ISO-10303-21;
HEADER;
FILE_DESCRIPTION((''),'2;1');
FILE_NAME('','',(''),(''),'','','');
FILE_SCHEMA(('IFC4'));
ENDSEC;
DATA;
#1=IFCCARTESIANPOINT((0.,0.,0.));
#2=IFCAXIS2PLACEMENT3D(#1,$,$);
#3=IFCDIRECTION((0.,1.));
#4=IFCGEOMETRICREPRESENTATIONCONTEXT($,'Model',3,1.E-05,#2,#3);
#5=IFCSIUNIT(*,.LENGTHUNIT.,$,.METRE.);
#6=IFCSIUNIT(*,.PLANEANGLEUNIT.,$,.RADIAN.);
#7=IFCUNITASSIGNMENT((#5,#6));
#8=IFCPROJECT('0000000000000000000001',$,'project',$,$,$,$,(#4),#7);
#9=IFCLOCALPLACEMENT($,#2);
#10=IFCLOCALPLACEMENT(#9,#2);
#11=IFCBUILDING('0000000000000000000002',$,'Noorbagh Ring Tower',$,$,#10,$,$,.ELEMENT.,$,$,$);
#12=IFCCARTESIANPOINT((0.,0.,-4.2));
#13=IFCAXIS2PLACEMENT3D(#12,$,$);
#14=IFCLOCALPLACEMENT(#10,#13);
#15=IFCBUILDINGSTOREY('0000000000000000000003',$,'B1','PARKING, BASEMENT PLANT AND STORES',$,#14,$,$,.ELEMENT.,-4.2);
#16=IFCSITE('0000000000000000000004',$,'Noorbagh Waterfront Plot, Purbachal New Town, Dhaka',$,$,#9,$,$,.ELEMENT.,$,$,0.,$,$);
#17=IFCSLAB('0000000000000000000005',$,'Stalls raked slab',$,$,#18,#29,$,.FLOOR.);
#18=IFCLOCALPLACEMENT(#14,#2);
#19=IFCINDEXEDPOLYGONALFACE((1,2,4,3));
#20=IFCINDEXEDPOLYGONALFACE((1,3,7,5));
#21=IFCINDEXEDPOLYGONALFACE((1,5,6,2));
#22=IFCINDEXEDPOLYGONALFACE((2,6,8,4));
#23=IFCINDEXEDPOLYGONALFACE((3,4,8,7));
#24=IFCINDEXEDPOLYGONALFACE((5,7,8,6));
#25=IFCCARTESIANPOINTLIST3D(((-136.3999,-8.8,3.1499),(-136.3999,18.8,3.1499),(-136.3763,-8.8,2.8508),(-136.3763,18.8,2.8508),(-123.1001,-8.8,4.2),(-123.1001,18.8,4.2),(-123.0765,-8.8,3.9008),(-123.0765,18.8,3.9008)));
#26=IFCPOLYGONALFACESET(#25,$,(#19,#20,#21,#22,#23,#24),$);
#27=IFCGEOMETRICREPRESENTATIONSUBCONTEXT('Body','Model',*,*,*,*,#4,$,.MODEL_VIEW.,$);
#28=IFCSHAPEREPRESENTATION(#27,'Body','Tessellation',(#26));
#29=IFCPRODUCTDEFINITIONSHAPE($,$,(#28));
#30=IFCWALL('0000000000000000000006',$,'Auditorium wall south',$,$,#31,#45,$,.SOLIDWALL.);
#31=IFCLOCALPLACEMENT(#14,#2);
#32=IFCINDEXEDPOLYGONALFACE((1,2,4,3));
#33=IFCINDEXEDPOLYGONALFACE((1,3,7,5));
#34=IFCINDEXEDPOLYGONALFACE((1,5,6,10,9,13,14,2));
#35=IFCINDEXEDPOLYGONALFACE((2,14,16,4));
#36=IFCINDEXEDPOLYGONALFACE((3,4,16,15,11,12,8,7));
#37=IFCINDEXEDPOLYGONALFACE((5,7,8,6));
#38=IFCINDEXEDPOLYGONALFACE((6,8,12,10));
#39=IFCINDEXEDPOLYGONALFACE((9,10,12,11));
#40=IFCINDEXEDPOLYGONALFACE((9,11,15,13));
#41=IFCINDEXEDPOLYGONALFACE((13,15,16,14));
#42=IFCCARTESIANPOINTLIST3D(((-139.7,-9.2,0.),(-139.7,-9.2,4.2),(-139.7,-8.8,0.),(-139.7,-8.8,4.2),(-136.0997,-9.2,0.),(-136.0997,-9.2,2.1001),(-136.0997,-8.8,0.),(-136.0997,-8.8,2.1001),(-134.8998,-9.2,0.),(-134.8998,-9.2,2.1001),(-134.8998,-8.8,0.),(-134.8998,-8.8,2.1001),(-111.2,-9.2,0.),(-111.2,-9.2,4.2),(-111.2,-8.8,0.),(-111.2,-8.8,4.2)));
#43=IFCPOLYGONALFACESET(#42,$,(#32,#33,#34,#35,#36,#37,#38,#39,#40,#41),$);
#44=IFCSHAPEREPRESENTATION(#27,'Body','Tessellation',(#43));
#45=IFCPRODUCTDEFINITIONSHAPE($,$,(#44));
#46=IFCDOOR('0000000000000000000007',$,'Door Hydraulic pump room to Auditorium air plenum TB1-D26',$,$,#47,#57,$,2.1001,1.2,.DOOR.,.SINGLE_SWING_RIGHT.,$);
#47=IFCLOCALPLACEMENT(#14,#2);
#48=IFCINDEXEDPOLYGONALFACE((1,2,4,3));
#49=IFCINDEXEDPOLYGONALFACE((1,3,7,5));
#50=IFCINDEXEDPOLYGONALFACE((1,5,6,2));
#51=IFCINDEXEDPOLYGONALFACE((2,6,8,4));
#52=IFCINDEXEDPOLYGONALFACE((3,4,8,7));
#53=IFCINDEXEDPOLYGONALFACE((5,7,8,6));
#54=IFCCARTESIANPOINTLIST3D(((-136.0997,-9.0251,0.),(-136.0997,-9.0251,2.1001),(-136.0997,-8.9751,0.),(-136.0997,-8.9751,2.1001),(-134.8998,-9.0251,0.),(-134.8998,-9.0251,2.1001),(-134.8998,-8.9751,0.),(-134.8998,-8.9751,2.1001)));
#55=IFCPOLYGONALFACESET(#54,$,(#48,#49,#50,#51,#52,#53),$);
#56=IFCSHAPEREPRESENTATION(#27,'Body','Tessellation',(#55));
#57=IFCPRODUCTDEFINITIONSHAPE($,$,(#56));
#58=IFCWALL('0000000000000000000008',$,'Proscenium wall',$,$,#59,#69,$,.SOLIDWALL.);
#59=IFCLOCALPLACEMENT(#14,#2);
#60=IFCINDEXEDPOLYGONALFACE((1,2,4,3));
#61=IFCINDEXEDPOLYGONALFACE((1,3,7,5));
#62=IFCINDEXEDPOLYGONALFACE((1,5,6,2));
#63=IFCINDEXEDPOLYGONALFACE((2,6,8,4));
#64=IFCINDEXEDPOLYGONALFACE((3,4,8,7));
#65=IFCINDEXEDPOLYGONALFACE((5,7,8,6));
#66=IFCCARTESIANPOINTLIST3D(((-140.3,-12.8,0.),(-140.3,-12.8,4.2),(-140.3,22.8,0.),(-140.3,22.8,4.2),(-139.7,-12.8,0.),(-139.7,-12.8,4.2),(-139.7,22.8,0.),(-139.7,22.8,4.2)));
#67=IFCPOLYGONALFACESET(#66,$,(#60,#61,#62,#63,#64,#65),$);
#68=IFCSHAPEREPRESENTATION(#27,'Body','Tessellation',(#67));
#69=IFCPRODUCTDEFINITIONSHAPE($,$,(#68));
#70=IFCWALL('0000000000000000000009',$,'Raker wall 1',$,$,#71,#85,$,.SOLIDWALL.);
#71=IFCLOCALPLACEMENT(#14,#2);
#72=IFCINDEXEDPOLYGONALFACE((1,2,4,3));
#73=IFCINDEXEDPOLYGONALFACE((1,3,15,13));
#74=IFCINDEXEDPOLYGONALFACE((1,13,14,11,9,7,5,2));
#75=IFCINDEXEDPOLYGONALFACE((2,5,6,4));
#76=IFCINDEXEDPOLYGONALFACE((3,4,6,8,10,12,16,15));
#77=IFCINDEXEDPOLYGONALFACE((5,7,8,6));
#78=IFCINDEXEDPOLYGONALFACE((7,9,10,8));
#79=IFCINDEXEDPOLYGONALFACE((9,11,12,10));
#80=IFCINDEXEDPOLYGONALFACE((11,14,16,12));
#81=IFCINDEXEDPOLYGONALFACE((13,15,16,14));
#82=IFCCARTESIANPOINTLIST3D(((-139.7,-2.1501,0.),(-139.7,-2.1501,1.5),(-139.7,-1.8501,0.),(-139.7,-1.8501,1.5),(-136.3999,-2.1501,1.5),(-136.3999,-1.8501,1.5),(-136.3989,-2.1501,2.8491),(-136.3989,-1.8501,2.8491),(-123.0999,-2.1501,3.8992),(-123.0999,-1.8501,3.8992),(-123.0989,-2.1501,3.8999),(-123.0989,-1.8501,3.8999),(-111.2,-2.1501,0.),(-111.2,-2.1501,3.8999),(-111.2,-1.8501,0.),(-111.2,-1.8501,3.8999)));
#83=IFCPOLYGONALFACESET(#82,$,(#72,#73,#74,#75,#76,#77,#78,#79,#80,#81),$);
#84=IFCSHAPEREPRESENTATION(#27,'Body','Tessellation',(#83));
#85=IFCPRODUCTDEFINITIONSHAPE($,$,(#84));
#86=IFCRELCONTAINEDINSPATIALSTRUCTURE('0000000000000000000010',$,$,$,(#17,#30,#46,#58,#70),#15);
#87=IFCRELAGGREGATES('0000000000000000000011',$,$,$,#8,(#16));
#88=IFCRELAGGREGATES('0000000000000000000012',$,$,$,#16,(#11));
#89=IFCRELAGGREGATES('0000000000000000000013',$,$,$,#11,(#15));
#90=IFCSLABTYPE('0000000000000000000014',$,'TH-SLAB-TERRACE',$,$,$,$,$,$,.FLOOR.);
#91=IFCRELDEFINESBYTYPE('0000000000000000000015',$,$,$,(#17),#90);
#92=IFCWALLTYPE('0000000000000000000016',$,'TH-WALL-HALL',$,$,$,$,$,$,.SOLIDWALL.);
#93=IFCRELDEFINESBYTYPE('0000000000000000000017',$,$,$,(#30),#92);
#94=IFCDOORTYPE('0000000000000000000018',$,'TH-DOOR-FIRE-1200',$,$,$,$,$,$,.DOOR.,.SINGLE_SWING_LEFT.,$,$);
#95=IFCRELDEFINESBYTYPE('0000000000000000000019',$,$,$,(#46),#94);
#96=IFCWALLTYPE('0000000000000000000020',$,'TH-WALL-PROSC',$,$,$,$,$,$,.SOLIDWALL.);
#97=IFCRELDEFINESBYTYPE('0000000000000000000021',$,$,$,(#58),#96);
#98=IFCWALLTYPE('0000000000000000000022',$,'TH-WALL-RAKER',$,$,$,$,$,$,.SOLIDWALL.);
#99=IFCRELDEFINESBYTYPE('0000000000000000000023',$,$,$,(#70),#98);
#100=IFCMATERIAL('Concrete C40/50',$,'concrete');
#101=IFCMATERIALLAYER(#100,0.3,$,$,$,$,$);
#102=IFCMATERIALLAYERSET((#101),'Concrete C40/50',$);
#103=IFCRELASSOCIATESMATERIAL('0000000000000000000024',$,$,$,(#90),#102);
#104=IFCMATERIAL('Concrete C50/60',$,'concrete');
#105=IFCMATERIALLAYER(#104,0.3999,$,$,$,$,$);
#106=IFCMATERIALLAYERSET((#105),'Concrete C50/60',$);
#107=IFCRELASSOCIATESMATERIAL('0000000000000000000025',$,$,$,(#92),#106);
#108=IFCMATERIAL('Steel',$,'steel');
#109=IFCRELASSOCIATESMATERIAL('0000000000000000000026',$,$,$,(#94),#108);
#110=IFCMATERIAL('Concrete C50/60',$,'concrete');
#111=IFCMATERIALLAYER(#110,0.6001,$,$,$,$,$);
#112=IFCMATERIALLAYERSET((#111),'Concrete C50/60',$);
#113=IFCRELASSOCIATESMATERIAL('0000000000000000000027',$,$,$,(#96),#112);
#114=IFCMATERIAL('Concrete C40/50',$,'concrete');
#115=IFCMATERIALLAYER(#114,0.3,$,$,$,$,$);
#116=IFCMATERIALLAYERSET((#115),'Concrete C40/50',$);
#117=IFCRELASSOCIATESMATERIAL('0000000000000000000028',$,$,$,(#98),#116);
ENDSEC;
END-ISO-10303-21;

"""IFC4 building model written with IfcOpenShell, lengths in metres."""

from ifc_helpers import new_model, si_unit, direction, frame, frame_2d, origin, place, context, subcontext, project, spatial, polyline, rectangle, outline, extrude, material, layer, layer_set, type_object, element, fill, save


model = new_model("IFC4")

# Units and contexts
model_context = context("Model", 3, precision=1e-05, world=origin(), true_north=direction((0.0, 1.0)))
body_context = subcontext(model_context, "Body", "Model", "MODEL_VIEW")
ifc_project = project(units=[si_unit("LENGTHUNIT", "METRE"), si_unit("PLANEANGLEUNIT", "RADIAN")], contexts=[model_context])

# Site, building, storey
site_placement = place(None, origin())
site = spatial("IfcSite", under=ifc_project, at=site_placement, Name="Noorbagh Waterfront Plot, Purbachal New Town, Dhaka", CompositionType="ELEMENT", RefElevation=0.0)
building_placement = place(site_placement, origin())
building = spatial("IfcBuilding", under=site, at=building_placement, Name="Noorbagh Ring Tower", CompositionType="ELEMENT")
storey_placement = place(building_placement, frame((0.0, 0.0, -4.2)))
storey = spatial("IfcBuildingStorey", under=building, at=storey_placement, Name="B1", Description="PARKING, BASEMENT PLANT AND STORES", CompositionType="ELEMENT", Elevation=-4.2)

# Slab
ifc_material_1 = material(Name="Concrete C40/50", Category="concrete")
ifc_layer_1 = layer(ifc_material_1, 0.3)
ifc_layer_set_1 = layer_set([ifc_layer_1], Name="Concrete C40/50")
slab_type = type_object("IfcSlabType", Name="TH-SLAB-TERRACE", PredefinedType="FLOOR", material=ifc_layer_set_1)
slab_placement = place(storey_placement, frame((-136.3999, -8.8, 3.1499), z_axis=(-0.078707, 0.0, 0.996898), x_axis=(0.996898, 0.0, 0.078707)))
element("IfcSlab", 1, at=slab_placement, inside=storey, type_object=slab_type, Name="Stalls raked slab", PredefinedType="FLOOR", context=body_context, shape_type="SweptSolid", body=[
    extrude(outline(polyline([(0.0, 0.0), (13.3412, 0.0), (13.3412, 27.6001), (0.0, 27.6001), (0.0, 0.0)])), origin(), (0.0, 0.0, -1.0), 0.3),
])

# Wall, opening, door
ifc_material_2 = material(Name="Concrete C50/60", Category="concrete")
ifc_layer_2 = layer(ifc_material_2, 0.3999)
ifc_layer_set_2 = layer_set([ifc_layer_2], Name="Concrete C50/60")
wall_type_1 = type_object("IfcWallType", Name="TH-WALL-HALL", PredefinedType="SOLIDWALL", material=ifc_layer_set_2)
wall_1_placement = place(storey_placement, frame((-139.7, -9.0, 0.0), z_axis=(0.0, 0.0, 1.0), x_axis=(1.0, 0.0, 0.0)))
wall_1 = element("IfcWall", 2, at=wall_1_placement, inside=storey, type_object=wall_type_1, Name="Auditorium wall south", PredefinedType="SOLIDWALL", context=body_context, shape_type="SweptSolid", body=[
    extrude(rectangle(XDim=28.5, YDim=0.3999, at=frame_2d((14.25, 0.0))), origin(), (0.0, 0.0, 1.0), 4.2),
])
opening_placement = place(wall_1_placement, frame((3.6001, 0.0, 0.0)))
opening = element("IfcOpeningElement", 3, at=opening_placement, cuts=wall_1, PredefinedType="OPENING", context=body_context, shape_type="SweptSolid", body=[
    extrude(rectangle(XDim=1.2, YDim=2.1001, at=frame_2d((0.6001, 1.05))), frame((0.0, 0.21, 0.0), z_axis=(0.0, -1.0, 0.0), x_axis=(1.0, 0.0, 0.0)), (0.0, 0.0, 1.0), 0.4199),
])
ifc_material_3 = material(Name="Steel", Category="steel")
door_type = type_object("IfcDoorType", Name="TH-DOOR-FIRE-1200", OperationType="SINGLE_SWING_LEFT", PredefinedType="DOOR", material=ifc_material_3)
door_placement = place(opening_placement, origin())
door = element("IfcDoor", 4, at=door_placement, inside=storey, type_object=door_type, Name="Door Hydraulic pump room to Auditorium air plenum TB1-D26", OperationType="SINGLE_SWING_RIGHT", OverallHeight=2.1001, OverallWidth=1.2, PredefinedType="DOOR", context=body_context, shape_type="SweptSolid", body=[
    extrude(rectangle(XDim=1.2, YDim=2.1001, at=frame_2d((0.6001, 1.05))), frame((0.0, 0.0249, 0.0), z_axis=(0.0, -1.0, 0.0), x_axis=(1.0, 0.0, 0.0)), (0.0, 0.0, 1.0), 0.05),
])
fill(opening, door)

# Walls
ifc_material_4 = material(Name="Concrete C50/60", Category="concrete")
ifc_layer_3 = layer(ifc_material_4, 0.6001)
ifc_layer_set_3 = layer_set([ifc_layer_3], Name="Concrete C50/60")
wall_type_2 = type_object("IfcWallType", Name="TH-WALL-PROSC", PredefinedType="SOLIDWALL", material=ifc_layer_set_3)
wall_2_placement = place(storey_placement, frame((-140.0, -12.8, 0.0), z_axis=(0.0, 0.0, 1.0), x_axis=(0.0, 1.0, 0.0)))
element("IfcWall", 5, at=wall_2_placement, inside=storey, type_object=wall_type_2, Name="Proscenium wall", PredefinedType="SOLIDWALL", context=body_context, shape_type="SweptSolid", body=[
    extrude(rectangle(XDim=35.6001, YDim=0.6001, at=frame_2d((17.8, 0.0))), origin(), (0.0, 0.0, 1.0), 4.2),
])
ifc_material_5 = material(Name="Concrete C40/50", Category="concrete")
ifc_layer_4 = layer(ifc_material_5, 0.3)
ifc_layer_set_4 = layer_set([ifc_layer_4], Name="Concrete C40/50")
wall_type_3 = type_object("IfcWallType", Name="TH-WALL-RAKER", PredefinedType="SOLIDWALL", material=ifc_layer_set_4)
wall_3_placement = place(storey_placement, frame((-139.7, -2.0, 0.0), z_axis=(0.0, 0.0, 1.0), x_axis=(1.0, 0.0, 0.0)))
element("IfcWall", 6, at=wall_3_placement, inside=storey, type_object=wall_type_3, Name="Raker wall 1", PredefinedType="SOLIDWALL", context=body_context, shape_type="SweptSolid", body=[
    extrude(outline(polyline([(0.0, 0.0), (28.5, 0.0), (28.5, 3.8999), (16.6011, 3.8999), (16.6001, 3.8992), (3.301, 2.8491), (3.3, 1.5), (0.0, 1.5), (0.0, 0.0)])), frame((0.0, 0.1499, 0.0), z_axis=(0.0, -1.0, 0.0), x_axis=(1.0, 0.0, 0.0)), (0.0, 0.0, 1.0), 0.3),
])

save(model, "model.ifc")
